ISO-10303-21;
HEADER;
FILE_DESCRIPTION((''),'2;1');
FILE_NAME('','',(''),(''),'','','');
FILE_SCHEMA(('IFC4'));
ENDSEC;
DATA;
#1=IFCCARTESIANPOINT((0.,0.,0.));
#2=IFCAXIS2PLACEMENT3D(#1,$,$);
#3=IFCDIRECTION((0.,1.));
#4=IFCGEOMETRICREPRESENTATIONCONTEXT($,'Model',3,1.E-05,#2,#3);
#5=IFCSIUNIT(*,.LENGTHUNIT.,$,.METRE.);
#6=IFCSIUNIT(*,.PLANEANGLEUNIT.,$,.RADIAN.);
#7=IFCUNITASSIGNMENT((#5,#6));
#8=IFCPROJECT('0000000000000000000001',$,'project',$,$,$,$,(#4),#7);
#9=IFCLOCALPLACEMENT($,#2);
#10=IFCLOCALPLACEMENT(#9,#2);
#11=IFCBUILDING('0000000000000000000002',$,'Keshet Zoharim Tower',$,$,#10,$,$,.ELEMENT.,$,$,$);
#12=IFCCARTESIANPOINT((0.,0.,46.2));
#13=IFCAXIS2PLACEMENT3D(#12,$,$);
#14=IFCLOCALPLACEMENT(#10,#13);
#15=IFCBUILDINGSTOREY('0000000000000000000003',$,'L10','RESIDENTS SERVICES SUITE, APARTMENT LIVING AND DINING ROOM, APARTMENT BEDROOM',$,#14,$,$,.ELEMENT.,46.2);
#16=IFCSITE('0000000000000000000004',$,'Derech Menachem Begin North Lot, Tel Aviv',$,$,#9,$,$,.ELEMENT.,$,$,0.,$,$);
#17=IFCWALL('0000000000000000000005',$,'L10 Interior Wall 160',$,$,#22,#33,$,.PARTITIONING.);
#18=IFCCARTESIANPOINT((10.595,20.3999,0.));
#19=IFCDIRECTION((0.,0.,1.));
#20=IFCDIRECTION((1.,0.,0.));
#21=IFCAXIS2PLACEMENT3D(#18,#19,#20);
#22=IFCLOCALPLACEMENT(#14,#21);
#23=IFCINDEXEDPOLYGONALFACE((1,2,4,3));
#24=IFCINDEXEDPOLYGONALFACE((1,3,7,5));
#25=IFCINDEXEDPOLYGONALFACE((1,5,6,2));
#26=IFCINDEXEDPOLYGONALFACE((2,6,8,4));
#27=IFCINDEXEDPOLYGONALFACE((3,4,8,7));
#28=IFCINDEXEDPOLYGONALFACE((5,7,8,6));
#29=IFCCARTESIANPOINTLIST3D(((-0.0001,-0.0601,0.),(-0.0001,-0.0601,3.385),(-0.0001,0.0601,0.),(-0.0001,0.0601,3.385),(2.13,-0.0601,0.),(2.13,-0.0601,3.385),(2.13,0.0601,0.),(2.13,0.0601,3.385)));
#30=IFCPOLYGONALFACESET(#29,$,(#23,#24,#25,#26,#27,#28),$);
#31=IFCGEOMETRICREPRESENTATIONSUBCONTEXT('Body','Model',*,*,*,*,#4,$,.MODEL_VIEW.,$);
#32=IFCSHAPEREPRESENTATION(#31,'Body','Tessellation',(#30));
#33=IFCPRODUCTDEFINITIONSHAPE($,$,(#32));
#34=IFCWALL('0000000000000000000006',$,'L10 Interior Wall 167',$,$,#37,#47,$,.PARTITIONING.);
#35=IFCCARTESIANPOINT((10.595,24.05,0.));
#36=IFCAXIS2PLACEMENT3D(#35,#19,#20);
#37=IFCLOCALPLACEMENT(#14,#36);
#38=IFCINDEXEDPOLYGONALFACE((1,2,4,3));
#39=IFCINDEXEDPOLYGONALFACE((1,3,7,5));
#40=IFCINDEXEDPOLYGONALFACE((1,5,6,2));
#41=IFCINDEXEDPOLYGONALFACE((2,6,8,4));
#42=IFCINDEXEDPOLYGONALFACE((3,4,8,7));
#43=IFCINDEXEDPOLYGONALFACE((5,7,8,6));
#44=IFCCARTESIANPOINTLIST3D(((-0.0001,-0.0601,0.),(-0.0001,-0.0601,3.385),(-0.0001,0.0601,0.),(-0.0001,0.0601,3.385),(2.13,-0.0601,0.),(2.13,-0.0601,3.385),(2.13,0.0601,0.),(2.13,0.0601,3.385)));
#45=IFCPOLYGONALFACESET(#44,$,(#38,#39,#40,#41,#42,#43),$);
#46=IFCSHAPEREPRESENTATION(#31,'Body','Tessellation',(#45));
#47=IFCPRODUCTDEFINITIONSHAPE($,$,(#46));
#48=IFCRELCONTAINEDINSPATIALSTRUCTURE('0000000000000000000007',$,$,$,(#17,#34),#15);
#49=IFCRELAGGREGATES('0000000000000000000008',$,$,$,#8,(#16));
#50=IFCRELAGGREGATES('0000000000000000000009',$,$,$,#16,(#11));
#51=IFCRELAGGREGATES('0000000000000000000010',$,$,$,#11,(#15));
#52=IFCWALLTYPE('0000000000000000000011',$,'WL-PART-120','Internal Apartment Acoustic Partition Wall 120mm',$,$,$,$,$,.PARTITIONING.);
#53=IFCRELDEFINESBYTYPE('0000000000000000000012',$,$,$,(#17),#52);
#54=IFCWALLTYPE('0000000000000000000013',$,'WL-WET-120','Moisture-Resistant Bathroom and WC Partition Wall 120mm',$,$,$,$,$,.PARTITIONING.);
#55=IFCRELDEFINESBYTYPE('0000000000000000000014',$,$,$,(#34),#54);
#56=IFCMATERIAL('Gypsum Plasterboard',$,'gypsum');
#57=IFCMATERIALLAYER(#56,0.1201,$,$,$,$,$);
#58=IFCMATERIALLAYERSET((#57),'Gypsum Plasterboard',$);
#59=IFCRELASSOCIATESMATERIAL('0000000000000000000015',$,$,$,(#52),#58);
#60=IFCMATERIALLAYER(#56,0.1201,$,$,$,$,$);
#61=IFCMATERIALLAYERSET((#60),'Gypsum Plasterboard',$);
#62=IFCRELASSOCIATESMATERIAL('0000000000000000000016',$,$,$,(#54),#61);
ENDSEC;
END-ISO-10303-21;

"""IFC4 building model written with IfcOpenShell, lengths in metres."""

from ifc_helpers import new_model, si_unit, direction, frame, frame_2d, origin, place, context, subcontext, project, spatial, rectangle, extrude, material, layer, layer_set, type_object, element, save


model = new_model("IFC4")

# Units and contexts
model_context = context("Model", 3, precision=1e-05, world=origin(), true_north=direction((0.0, 1.0)))
body_context = subcontext(model_context, "Body", "Model", "MODEL_VIEW")
ifc_project = project(units=[si_unit("LENGTHUNIT", "METRE"), si_unit("PLANEANGLEUNIT", "RADIAN")], contexts=[model_context])

# Site, building, storey
site_placement = place(None, origin())
site = spatial("IfcSite", under=ifc_project, at=site_placement, Name="Derech Menachem Begin North Lot, Tel Aviv", CompositionType="ELEMENT", RefElevation=0.0)
building_placement = place(site_placement, origin())
building = spatial("IfcBuilding", under=site, at=building_placement, Name="Keshet Zoharim Tower", CompositionType="ELEMENT")
storey_placement = place(building_placement, frame((0.0, 0.0, 46.2)))
storey = spatial("IfcBuildingStorey", under=building, at=storey_placement, Name="L10", Description="RESIDENTS SERVICES SUITE, APARTMENT LIVING AND DINING ROOM, APARTMENT BEDROOM", CompositionType="ELEMENT", Elevation=46.2)

# Shared definitions
ifc_material_1 = material(Name="Gypsum Plasterboard", Category="gypsum")

# Shared definitions
ifc_layer_1 = layer(ifc_material_1, 0.1201)
ifc_layer_set_1 = layer_set([ifc_layer_1], Name="Gypsum Plasterboard")
wall_type_1 = type_object("IfcWallType", Name="WL-PART-120", Description="Internal Apartment Acoustic Partition Wall 120mm", PredefinedType="PARTITIONING", material=ifc_layer_set_1)

# Wall
wall_1_placement = place(storey_placement, frame((10.595, 20.3999, 0.0), z_axis=(0.0, 0.0, 1.0), x_axis=(1.0, 0.0, 0.0)))
element("IfcWall", 1, at=wall_1_placement, inside=storey, type_object=wall_type_1, Name="L10 Interior Wall 160", PredefinedType="PARTITIONING", context=body_context, shape_type="SweptSolid", body=[
    extrude(rectangle(XDim=2.1301, YDim=0.1201, at=frame_2d((1.0649, 0.0))), origin(), (0.0, 0.0, 1.0), 3.385),
])

# Shared definitions
ifc_layer_2 = layer(ifc_material_1, 0.1201)
ifc_layer_set_2 = layer_set([ifc_layer_2], Name="Gypsum Plasterboard")
wall_type_2 = type_object("IfcWallType", Name="WL-WET-120", Description="Moisture-Resistant Bathroom and WC Partition Wall 120mm", PredefinedType="PARTITIONING", material=ifc_layer_set_2)

# Wall
wall_2_placement = place(storey_placement, frame((10.595, 24.05, 0.0), z_axis=(0.0, 0.0, 1.0), x_axis=(1.0, 0.0, 0.0)))
element("IfcWall", 2, at=wall_2_placement, inside=storey, type_object=wall_type_2, Name="L10 Interior Wall 167", PredefinedType="PARTITIONING", context=body_context, shape_type="SweptSolid", body=[
    extrude(rectangle(XDim=2.1301, YDim=0.1201, at=frame_2d((1.0649, 0.0))), origin(), (0.0, 0.0, 1.0), 3.385),
])

save(model, "model.ifc")
